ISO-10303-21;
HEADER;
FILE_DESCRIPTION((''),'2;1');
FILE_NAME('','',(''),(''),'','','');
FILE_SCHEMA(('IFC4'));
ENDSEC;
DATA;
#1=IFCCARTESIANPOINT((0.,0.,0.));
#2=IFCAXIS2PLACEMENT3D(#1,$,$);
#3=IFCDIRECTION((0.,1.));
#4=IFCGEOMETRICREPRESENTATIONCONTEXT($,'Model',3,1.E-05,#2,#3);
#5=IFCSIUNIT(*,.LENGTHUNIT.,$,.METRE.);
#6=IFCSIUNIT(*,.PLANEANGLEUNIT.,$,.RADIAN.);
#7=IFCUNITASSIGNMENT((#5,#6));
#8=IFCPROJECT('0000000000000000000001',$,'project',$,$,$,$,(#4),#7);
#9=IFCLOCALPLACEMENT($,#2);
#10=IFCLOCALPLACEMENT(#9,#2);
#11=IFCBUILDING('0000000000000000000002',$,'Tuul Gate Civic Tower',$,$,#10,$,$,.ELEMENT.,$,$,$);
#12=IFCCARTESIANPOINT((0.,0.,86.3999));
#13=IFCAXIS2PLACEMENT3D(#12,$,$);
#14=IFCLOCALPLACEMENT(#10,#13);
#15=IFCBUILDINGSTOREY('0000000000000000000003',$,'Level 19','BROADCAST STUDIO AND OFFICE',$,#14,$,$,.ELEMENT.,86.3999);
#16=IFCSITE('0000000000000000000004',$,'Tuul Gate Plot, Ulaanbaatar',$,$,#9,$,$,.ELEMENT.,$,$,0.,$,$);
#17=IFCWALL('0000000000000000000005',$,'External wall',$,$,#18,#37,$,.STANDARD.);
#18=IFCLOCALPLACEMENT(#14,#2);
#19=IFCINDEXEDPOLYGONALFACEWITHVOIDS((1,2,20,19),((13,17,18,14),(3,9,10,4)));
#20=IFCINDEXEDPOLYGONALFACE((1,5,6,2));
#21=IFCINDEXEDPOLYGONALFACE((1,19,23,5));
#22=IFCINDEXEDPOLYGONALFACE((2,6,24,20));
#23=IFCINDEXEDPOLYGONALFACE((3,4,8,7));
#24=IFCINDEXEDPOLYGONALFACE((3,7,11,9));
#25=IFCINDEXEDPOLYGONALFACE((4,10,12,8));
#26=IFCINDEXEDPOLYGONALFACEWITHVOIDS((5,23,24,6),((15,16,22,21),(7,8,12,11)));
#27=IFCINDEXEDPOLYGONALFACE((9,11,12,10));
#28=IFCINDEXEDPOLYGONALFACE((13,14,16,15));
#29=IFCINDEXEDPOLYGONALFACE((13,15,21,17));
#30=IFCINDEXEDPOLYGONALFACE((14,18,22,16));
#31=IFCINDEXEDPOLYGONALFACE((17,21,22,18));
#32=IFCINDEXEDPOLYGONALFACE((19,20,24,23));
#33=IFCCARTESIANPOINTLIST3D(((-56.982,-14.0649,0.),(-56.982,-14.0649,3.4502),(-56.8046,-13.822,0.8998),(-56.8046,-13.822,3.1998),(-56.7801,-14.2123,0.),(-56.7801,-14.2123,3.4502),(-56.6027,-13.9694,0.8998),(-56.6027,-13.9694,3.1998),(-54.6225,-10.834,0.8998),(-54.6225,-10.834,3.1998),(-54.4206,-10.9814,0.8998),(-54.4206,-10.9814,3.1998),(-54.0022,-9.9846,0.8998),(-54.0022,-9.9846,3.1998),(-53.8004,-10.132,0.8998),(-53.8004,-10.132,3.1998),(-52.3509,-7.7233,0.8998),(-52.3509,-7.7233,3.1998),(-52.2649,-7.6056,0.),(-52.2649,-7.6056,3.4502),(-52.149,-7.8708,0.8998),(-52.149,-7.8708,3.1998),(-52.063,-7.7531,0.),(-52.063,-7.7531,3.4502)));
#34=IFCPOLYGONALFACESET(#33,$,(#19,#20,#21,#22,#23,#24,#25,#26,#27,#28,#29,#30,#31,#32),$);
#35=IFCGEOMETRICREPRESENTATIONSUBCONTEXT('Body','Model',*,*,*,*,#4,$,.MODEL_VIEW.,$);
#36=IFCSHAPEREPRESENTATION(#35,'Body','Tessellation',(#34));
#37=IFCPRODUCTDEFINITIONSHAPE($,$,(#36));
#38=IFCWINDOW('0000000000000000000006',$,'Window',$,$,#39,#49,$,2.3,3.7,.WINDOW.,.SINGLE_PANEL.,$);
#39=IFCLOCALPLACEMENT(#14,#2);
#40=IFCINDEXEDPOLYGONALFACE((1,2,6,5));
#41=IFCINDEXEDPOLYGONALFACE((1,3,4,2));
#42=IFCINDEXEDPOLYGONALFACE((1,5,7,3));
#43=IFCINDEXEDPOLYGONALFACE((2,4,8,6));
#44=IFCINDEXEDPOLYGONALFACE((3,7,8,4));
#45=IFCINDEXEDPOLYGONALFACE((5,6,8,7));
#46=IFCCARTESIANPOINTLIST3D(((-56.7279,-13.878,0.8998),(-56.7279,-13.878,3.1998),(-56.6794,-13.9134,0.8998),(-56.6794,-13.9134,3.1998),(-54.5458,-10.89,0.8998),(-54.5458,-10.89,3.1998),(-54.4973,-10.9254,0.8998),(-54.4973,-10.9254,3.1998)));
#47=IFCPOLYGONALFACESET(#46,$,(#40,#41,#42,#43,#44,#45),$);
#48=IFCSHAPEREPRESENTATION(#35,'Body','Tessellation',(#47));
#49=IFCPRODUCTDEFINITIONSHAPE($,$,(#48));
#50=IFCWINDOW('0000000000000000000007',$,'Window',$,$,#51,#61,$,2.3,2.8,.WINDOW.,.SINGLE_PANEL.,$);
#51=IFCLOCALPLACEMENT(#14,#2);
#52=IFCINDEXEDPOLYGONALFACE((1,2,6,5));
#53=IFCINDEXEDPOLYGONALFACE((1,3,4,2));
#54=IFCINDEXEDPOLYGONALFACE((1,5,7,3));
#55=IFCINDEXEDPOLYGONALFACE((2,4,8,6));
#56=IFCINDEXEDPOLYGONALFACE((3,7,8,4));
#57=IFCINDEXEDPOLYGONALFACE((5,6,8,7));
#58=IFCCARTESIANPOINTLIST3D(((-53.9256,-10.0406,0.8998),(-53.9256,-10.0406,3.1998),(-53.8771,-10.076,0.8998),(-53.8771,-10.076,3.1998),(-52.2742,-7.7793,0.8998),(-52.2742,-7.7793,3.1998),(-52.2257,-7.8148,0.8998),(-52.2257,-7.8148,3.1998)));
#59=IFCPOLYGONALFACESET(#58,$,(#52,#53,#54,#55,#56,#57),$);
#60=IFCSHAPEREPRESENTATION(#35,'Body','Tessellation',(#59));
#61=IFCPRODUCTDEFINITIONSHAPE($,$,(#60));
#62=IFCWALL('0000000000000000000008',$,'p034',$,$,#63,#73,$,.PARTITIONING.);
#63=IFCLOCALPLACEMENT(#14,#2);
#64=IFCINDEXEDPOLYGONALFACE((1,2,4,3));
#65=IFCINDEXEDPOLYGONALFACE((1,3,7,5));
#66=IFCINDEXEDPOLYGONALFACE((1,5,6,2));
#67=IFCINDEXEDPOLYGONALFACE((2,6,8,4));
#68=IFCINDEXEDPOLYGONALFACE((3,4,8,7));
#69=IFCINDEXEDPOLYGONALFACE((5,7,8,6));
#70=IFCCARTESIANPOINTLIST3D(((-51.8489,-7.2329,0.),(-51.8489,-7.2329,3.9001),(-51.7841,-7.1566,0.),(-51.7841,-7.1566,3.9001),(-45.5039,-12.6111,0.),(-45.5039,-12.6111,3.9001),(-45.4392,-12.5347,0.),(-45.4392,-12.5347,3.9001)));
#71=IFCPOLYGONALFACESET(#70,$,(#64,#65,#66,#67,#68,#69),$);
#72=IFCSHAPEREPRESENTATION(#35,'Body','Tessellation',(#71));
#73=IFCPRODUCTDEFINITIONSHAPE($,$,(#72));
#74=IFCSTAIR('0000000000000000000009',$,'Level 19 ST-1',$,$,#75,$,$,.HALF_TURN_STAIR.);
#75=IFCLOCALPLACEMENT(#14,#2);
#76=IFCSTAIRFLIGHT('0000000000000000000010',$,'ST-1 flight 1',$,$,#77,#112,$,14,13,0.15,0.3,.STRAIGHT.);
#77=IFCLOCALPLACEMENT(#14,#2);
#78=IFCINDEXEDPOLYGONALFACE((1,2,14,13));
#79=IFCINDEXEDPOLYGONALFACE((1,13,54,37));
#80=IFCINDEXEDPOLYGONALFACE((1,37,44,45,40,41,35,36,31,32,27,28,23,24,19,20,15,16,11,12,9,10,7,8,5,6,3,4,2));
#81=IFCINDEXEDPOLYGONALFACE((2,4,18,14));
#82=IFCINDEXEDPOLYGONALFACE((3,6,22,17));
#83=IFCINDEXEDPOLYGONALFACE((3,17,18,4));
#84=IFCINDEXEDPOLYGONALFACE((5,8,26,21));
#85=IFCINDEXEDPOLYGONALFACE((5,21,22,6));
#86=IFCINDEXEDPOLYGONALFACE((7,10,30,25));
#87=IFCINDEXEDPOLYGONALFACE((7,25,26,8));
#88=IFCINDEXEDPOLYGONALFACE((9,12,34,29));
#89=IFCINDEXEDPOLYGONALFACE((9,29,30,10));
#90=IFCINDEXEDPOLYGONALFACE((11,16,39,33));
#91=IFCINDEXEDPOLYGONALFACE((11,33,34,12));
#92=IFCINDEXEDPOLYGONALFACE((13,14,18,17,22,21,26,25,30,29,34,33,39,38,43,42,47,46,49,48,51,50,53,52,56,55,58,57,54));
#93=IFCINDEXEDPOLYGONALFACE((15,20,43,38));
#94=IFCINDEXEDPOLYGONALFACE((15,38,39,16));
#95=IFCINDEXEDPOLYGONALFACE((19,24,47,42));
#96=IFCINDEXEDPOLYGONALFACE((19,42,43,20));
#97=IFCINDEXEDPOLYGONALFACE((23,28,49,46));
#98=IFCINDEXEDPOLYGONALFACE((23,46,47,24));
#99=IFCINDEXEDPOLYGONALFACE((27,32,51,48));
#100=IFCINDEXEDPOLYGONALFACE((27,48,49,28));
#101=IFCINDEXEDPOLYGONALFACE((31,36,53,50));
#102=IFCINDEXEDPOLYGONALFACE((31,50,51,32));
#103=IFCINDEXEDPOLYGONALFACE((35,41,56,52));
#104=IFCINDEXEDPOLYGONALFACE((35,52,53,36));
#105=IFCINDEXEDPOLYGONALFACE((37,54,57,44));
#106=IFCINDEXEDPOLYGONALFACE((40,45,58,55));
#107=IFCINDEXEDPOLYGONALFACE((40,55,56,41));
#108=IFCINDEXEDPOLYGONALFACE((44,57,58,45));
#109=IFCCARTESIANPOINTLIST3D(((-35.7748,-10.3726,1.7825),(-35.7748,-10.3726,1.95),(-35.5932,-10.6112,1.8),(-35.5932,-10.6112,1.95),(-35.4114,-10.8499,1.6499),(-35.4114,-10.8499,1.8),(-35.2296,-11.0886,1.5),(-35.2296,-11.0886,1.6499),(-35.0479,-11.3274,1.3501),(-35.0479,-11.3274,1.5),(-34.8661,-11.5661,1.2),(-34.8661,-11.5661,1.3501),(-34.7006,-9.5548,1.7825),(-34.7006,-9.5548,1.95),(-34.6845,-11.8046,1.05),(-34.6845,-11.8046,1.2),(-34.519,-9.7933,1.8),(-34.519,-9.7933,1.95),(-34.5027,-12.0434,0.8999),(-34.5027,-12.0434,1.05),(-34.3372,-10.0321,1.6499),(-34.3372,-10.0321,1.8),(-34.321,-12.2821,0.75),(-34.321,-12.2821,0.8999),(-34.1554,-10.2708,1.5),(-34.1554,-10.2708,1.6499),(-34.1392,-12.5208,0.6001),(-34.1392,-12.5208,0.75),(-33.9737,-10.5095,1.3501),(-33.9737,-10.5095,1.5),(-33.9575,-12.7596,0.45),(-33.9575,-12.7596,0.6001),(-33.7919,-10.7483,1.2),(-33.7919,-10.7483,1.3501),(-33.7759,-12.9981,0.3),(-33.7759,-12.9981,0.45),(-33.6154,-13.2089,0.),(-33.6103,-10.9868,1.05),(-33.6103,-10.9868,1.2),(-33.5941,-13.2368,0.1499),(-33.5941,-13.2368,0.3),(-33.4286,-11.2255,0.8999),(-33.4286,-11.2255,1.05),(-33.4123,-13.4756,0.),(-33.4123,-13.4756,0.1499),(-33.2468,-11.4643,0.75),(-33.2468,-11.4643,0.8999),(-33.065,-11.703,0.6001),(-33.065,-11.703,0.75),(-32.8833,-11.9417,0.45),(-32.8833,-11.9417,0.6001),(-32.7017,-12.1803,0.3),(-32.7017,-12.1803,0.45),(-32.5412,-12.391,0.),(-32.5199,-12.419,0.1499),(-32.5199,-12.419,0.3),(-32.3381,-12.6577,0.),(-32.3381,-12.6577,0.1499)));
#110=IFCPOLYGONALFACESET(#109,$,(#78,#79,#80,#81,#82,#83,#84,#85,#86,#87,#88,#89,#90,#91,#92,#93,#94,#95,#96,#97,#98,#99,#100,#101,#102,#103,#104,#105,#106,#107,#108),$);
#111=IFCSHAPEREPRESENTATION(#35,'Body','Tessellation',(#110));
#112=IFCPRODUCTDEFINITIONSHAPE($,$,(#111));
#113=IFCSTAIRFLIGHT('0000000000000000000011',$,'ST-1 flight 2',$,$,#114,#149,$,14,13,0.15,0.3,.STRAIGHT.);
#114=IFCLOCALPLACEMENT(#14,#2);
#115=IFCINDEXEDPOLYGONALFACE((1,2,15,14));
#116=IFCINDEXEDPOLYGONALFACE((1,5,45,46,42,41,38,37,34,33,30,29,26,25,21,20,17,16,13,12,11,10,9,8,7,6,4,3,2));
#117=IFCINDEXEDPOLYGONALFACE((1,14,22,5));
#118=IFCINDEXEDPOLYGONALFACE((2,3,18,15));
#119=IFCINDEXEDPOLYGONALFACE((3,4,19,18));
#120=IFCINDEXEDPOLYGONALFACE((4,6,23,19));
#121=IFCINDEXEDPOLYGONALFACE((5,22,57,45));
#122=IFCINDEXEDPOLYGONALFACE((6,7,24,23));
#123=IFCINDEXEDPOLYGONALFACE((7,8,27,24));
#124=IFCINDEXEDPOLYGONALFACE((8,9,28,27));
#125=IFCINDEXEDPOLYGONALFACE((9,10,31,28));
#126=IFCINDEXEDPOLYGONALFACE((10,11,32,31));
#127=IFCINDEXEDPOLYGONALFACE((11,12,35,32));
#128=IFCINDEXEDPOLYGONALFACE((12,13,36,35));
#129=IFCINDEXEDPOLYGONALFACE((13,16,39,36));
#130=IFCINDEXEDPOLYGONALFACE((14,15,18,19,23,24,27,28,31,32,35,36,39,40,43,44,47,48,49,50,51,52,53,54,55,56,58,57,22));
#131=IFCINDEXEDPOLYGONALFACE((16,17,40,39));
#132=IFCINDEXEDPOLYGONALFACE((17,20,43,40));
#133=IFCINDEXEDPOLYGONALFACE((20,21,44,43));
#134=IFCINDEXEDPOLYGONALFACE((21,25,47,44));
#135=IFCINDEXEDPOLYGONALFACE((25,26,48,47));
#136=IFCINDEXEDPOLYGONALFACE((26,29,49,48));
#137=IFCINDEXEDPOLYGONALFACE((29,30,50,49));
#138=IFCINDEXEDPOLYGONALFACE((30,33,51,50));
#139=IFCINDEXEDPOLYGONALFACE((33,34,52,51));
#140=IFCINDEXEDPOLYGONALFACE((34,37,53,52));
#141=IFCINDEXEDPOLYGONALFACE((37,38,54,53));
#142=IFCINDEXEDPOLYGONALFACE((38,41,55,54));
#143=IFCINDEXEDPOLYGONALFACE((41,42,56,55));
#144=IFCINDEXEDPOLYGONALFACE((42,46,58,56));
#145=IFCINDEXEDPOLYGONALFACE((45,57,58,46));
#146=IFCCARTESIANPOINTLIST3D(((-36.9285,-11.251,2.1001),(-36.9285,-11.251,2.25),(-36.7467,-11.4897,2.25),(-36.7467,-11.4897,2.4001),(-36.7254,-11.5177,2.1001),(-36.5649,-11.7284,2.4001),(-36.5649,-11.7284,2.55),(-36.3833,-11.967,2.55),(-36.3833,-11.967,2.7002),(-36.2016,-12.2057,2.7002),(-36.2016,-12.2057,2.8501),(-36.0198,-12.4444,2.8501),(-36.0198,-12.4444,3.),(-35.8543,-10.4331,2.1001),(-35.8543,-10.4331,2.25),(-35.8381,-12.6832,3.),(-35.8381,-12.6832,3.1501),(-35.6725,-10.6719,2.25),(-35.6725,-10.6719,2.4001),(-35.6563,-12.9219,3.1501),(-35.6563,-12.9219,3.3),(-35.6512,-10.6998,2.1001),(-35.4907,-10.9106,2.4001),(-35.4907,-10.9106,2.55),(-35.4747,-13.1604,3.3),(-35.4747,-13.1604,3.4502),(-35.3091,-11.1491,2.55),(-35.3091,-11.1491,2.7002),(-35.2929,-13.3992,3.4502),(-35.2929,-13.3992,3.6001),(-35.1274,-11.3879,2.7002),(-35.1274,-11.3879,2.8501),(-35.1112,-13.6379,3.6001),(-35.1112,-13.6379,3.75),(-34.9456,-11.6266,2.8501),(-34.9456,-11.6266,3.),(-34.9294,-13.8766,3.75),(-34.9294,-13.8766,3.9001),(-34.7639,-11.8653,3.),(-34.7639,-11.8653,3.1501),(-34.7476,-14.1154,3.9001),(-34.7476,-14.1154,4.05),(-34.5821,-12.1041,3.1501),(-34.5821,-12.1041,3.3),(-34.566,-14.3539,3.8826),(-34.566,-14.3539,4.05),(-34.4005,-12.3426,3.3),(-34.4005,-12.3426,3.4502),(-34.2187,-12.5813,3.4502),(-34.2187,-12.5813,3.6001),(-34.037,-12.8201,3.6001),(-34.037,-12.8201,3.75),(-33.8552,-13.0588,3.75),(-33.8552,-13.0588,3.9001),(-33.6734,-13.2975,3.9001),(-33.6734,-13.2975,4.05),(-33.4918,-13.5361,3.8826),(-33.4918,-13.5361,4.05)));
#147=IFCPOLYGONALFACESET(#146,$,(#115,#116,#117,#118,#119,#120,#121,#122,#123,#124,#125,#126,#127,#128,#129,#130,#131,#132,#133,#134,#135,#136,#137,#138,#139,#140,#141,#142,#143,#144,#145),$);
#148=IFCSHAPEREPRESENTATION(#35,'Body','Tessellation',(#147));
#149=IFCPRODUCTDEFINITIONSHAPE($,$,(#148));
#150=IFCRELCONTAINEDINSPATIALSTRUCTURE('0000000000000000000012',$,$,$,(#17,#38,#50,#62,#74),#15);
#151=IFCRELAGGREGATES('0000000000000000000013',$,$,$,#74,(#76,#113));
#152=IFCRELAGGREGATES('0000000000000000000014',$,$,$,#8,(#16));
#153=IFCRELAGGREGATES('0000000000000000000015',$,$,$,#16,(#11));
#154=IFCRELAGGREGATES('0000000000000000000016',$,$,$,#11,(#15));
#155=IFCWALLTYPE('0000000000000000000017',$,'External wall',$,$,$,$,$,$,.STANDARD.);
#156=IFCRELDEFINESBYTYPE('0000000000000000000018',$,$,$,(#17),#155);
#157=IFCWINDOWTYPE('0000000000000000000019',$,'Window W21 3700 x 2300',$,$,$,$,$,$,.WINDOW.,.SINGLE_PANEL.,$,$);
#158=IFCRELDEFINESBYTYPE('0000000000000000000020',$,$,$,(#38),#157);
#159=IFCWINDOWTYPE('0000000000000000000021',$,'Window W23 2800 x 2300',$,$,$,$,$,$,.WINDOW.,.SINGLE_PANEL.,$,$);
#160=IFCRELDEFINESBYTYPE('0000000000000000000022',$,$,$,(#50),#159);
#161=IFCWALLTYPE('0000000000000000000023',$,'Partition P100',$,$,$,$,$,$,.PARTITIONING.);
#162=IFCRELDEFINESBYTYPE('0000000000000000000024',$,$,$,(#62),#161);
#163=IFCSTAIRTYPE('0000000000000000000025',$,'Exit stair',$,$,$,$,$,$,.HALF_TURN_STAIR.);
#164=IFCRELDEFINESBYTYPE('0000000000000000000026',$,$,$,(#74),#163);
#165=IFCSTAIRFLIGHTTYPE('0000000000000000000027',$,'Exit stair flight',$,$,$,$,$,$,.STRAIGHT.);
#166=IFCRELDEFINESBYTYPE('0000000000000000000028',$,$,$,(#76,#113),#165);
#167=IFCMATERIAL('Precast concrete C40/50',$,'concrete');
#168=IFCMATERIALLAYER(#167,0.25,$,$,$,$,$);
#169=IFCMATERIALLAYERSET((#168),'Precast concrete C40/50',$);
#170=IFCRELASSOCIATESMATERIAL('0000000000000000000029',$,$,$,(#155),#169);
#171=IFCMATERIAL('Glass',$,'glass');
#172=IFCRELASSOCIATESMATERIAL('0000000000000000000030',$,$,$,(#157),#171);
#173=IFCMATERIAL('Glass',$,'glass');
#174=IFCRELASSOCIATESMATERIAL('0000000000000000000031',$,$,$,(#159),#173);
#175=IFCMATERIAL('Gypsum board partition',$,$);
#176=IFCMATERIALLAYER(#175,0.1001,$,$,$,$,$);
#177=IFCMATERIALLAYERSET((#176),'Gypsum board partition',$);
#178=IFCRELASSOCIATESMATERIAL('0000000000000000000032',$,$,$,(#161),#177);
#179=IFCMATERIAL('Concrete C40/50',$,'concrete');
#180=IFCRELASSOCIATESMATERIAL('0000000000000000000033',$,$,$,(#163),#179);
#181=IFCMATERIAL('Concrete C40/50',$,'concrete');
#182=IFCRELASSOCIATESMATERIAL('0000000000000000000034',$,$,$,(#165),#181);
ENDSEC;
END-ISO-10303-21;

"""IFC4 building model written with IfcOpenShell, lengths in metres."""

from ifc_helpers import new_model, si_unit, direction, frame, frame_2d, origin, place, context, subcontext, project, spatial, polyline, rectangle, outline, extrude, material, layer, layer_set, type_object, element, fill, aggregate, save


model = new_model("IFC4")

# Units and contexts
model_context = context("Model", 3, precision=1e-05, world=origin(), true_north=direction((0.0, 1.0)))
body_context = subcontext(model_context, "Body", "Model", "MODEL_VIEW")
ifc_project = project(units=[si_unit("LENGTHUNIT", "METRE"), si_unit("PLANEANGLEUNIT", "RADIAN")], contexts=[model_context])

# Site, building, storey
site_placement = place(None, origin())
site = spatial("IfcSite", under=ifc_project, at=site_placement, Name="Tuul Gate Plot, Ulaanbaatar", CompositionType="ELEMENT", RefElevation=0.0)
building_placement = place(site_placement, origin())
building = spatial("IfcBuilding", under=site, at=building_placement, Name="Tuul Gate Civic Tower", CompositionType="ELEMENT")
storey_placement = place(building_placement, frame((0.0, 0.0, 86.3999)))
storey = spatial("IfcBuildingStorey", under=building, at=storey_placement, Name="Level 19", Description="BROADCAST STUDIO AND OFFICE", CompositionType="ELEMENT", Elevation=86.3999)

# Wall, openings, windows
ifc_material_1 = material(Name="Precast concrete C40/50", Category="concrete")
ifc_layer_1 = layer(ifc_material_1, 0.25)
ifc_layer_set_1 = layer_set([ifc_layer_1], Name="Precast concrete C40/50")
wall_type_1 = type_object("IfcWallType", Name="External wall", PredefinedType="STANDARD", material=ifc_layer_set_1)
wall_1_placement = place(storey_placement, frame((-52.1641, -7.6794, 0.0), z_axis=(0.0, 0.0, 1.0), x_axis=(-0.589759, -0.80758, 0.0)))
wall_1 = element("IfcWall", 1, at=wall_1_placement, inside=storey, type_object=wall_type_1, Name="External wall", PredefinedType="STANDARD", context=body_context, shape_type="SweptSolid", body=[
    extrude(rectangle(XDim=7.9983, YDim=0.25, at=frame_2d((3.999, 0.0))), origin(), (0.0, 0.0, 1.0), 3.4502),
])
opening_1_placement = place(wall_1_placement, frame((0.1458, 0.0, 0.8999)))
opening_1 = element("IfcOpeningElement", 2, at=opening_1_placement, cuts=wall_1, PredefinedType="OPENING", context=body_context, shape_type="SweptSolid", body=[
    extrude(rectangle(XDim=2.8, YDim=2.3, at=frame_2d((1.3999, 1.1499))), frame((0.0, 0.135, 0.0), z_axis=(0.0, -1.0, 0.0), x_axis=(1.0, 0.0, 0.0)), (0.0, 0.0, 1.0), 0.27),
])
opening_2_placement = place(wall_1_placement, frame((3.9973, 0.0, 0.8999)))
opening_2 = element("IfcOpeningElement", 3, at=opening_2_placement, cuts=wall_1, PredefinedType="OPENING", context=body_context, shape_type="SweptSolid", body=[
    extrude(rectangle(XDim=3.7, YDim=2.3, at=frame_2d((1.8501, 1.1499))), frame((0.0, 0.135, 0.0), z_axis=(0.0, -1.0, 0.0), x_axis=(1.0, 0.0, 0.0)), (0.0, 0.0, 1.0), 0.27),
])
ifc_material_2 = material(Name="Glass", Category="glass")
window_type_1 = type_object("IfcWindowType", Name="Window W21 3700 x 2300", PartitioningType="SINGLE_PANEL", PredefinedType="WINDOW", material=ifc_material_2)
window_1_placement = place(opening_2_placement, origin())
window_1 = element("IfcWindow", 4, at=window_1_placement, inside=storey, type_object=window_type_1, Name="Window", OverallHeight=2.3, OverallWidth=3.7, PartitioningType="SINGLE_PANEL", PredefinedType="WINDOW", context=body_context, shape_type="SweptSolid", body=[
    extrude(rectangle(XDim=3.7, YDim=2.3, at=frame_2d((1.8501, 1.1499))), frame((0.0, 0.03, 0.0), z_axis=(0.0, -1.0, 0.0), x_axis=(1.0, 0.0, 0.0)), (0.0, 0.0, 1.0), 0.0601),
])
fill(opening_2, window_1)
ifc_material_3 = material(Name="Glass", Category="glass")
window_type_2 = type_object("IfcWindowType", Name="Window W23 2800 x 2300", PartitioningType="SINGLE_PANEL", PredefinedType="WINDOW", material=ifc_material_3)
window_2_placement = place(opening_1_placement, origin())
window_2 = element("IfcWindow", 5, at=window_2_placement, inside=storey, type_object=window_type_2, Name="Window", OverallHeight=2.3, OverallWidth=2.8, PartitioningType="SINGLE_PANEL", PredefinedType="WINDOW", context=body_context, shape_type="SweptSolid", body=[
    extrude(rectangle(XDim=2.8, YDim=2.3, at=frame_2d((1.3999, 1.1499))), frame((0.0, 0.03, 0.0), z_axis=(0.0, -1.0, 0.0), x_axis=(1.0, 0.0, 0.0)), (0.0, 0.0, 1.0), 0.0601),
])
fill(opening_1, window_2)

# Wall
ifc_material_4 = material(Name="Gypsum board partition")
ifc_layer_2 = layer(ifc_material_4, 0.1001)
ifc_layer_set_2 = layer_set([ifc_layer_2], Name="Gypsum board partition")
wall_type_2 = type_object("IfcWallType", Name="Partition P100", PredefinedType="PARTITIONING", material=ifc_layer_set_2)
wall_2_placement = place(storey_placement, frame((-51.8164, -7.1948, 0.0), z_axis=(0.0, 0.0, 1.0), x_axis=(0.762832, -0.646597, 0.0)))
element("IfcWall", 6, at=wall_2_placement, inside=storey, type_object=wall_type_2, Name="p034", PredefinedType="PARTITIONING", context=body_context, shape_type="SweptSolid", body=[
    extrude(rectangle(XDim=8.3176, YDim=0.1001, at=frame_2d((4.1587, 0.0))), origin(), (0.0, 0.0, 1.0), 3.9001),
])

# Stair, stair flights
ifc_material_5 = material(Name="Concrete C40/50", Category="concrete")
stair_type = type_object("IfcStairType", Name="Exit stair", PredefinedType="HALF_TURN_STAIR", material=ifc_material_5)
stair_placement = place(storey_placement, origin())
stair = element("IfcStair", 7, at=stair_placement, inside=storey, type_object=stair_type, Name="Level 19 ST-1", PredefinedType="HALF_TURN_STAIR")
ifc_material_6 = material(Name="Concrete C40/50", Category="concrete")
stair_flight_type = type_object("IfcStairFlightType", Name="Exit stair flight", PredefinedType="STRAIGHT", material=ifc_material_6)
stair_flight_1_placement = place(storey_placement, frame((-32.8752, -13.0667, 0.0), z_axis=(0.0, 0.0, 1.0), x_axis=(-0.605764, 0.795644, 0.0)))
stair_flight_1 = element("IfcStairFlight", 8, at=stair_flight_1_placement, type_object=stair_flight_type, Name="ST-1 flight 1", NumberOfRisers=14, NumberOfTreads=13, PredefinedType="STRAIGHT", RiserHeight=0.15, TreadLength=0.3, context=body_context, shape_type="SweptSolid", body=[
    extrude(outline(polyline([(0.0, 0.0), (0.0, 0.1499), (0.3, 0.1499), (0.3, 0.3), (0.6001, 0.3), (0.6001, 0.45), (0.8999, 0.45), (0.8999, 0.6001), (1.2, 0.6001), (1.2, 0.75), (1.5, 0.75), (1.5, 0.8999), (1.8, 0.8999), (1.8, 1.05), (2.1001, 1.05), (2.1001, 1.2), (2.3999, 1.2), (2.3999, 1.3501), (2.7, 1.3501), (2.7, 1.5), (3.0, 1.5), (3.0, 1.6499), (3.3, 1.6499), (3.3, 1.8), (3.6001, 1.8), (3.6001, 1.95), (3.8999, 1.95), (3.8999, 2.1001), (3.8999, 1.7825), (0.3352, 0.0), (0.0, 0.0)])), frame((0.0, 0.675, 0.0), z_axis=(0.0, -1.0, 0.0), x_axis=(1.0, 0.0, 0.0)), (0.0, 0.0, 1.0), 1.3501),
])
stair_flight_2_placement = place(storey_placement, frame((-36.3914, -10.842, 2.1001), z_axis=(0.0, 0.0, 1.0), x_axis=(0.605764, -0.795644, 0.0)))
stair_flight_2 = element("IfcStairFlight", 9, at=stair_flight_2_placement, type_object=stair_flight_type, Name="ST-1 flight 2", NumberOfRisers=14, NumberOfTreads=13, PredefinedType="STRAIGHT", RiserHeight=0.15, TreadLength=0.3, context=body_context, shape_type="SweptSolid", body=[
    extrude(outline(polyline([(0.0, 0.0), (0.0, 0.1499), (0.3, 0.1499), (0.3, 0.3), (0.6001, 0.3), (0.6001, 0.45), (0.8999, 0.45), (0.8999, 0.6001), (1.2, 0.6001), (1.2, 0.75), (1.5, 0.75), (1.5, 0.8999), (1.8, 0.8999), (1.8, 1.05), (2.1001, 1.05), (2.1001, 1.2), (2.3999, 1.2), (2.3999, 1.3501), (2.7, 1.3501), (2.7, 1.5), (3.0, 1.5), (3.0, 1.6499), (3.3, 1.6499), (3.3, 1.8), (3.6001, 1.8), (3.6001, 1.95), (3.8999, 1.95), (3.8999, 2.1001), (3.8999, 1.7825), (0.3352, 0.0), (0.0, 0.0)])), frame((0.0, 0.675, 0.0), z_axis=(0.0, -1.0, 0.0), x_axis=(1.0, 0.0, 0.0)), (0.0, 0.0, 1.0), 1.3501),
])
aggregate(stair, [stair_flight_1, stair_flight_2])

save(model, "model.ifc")
